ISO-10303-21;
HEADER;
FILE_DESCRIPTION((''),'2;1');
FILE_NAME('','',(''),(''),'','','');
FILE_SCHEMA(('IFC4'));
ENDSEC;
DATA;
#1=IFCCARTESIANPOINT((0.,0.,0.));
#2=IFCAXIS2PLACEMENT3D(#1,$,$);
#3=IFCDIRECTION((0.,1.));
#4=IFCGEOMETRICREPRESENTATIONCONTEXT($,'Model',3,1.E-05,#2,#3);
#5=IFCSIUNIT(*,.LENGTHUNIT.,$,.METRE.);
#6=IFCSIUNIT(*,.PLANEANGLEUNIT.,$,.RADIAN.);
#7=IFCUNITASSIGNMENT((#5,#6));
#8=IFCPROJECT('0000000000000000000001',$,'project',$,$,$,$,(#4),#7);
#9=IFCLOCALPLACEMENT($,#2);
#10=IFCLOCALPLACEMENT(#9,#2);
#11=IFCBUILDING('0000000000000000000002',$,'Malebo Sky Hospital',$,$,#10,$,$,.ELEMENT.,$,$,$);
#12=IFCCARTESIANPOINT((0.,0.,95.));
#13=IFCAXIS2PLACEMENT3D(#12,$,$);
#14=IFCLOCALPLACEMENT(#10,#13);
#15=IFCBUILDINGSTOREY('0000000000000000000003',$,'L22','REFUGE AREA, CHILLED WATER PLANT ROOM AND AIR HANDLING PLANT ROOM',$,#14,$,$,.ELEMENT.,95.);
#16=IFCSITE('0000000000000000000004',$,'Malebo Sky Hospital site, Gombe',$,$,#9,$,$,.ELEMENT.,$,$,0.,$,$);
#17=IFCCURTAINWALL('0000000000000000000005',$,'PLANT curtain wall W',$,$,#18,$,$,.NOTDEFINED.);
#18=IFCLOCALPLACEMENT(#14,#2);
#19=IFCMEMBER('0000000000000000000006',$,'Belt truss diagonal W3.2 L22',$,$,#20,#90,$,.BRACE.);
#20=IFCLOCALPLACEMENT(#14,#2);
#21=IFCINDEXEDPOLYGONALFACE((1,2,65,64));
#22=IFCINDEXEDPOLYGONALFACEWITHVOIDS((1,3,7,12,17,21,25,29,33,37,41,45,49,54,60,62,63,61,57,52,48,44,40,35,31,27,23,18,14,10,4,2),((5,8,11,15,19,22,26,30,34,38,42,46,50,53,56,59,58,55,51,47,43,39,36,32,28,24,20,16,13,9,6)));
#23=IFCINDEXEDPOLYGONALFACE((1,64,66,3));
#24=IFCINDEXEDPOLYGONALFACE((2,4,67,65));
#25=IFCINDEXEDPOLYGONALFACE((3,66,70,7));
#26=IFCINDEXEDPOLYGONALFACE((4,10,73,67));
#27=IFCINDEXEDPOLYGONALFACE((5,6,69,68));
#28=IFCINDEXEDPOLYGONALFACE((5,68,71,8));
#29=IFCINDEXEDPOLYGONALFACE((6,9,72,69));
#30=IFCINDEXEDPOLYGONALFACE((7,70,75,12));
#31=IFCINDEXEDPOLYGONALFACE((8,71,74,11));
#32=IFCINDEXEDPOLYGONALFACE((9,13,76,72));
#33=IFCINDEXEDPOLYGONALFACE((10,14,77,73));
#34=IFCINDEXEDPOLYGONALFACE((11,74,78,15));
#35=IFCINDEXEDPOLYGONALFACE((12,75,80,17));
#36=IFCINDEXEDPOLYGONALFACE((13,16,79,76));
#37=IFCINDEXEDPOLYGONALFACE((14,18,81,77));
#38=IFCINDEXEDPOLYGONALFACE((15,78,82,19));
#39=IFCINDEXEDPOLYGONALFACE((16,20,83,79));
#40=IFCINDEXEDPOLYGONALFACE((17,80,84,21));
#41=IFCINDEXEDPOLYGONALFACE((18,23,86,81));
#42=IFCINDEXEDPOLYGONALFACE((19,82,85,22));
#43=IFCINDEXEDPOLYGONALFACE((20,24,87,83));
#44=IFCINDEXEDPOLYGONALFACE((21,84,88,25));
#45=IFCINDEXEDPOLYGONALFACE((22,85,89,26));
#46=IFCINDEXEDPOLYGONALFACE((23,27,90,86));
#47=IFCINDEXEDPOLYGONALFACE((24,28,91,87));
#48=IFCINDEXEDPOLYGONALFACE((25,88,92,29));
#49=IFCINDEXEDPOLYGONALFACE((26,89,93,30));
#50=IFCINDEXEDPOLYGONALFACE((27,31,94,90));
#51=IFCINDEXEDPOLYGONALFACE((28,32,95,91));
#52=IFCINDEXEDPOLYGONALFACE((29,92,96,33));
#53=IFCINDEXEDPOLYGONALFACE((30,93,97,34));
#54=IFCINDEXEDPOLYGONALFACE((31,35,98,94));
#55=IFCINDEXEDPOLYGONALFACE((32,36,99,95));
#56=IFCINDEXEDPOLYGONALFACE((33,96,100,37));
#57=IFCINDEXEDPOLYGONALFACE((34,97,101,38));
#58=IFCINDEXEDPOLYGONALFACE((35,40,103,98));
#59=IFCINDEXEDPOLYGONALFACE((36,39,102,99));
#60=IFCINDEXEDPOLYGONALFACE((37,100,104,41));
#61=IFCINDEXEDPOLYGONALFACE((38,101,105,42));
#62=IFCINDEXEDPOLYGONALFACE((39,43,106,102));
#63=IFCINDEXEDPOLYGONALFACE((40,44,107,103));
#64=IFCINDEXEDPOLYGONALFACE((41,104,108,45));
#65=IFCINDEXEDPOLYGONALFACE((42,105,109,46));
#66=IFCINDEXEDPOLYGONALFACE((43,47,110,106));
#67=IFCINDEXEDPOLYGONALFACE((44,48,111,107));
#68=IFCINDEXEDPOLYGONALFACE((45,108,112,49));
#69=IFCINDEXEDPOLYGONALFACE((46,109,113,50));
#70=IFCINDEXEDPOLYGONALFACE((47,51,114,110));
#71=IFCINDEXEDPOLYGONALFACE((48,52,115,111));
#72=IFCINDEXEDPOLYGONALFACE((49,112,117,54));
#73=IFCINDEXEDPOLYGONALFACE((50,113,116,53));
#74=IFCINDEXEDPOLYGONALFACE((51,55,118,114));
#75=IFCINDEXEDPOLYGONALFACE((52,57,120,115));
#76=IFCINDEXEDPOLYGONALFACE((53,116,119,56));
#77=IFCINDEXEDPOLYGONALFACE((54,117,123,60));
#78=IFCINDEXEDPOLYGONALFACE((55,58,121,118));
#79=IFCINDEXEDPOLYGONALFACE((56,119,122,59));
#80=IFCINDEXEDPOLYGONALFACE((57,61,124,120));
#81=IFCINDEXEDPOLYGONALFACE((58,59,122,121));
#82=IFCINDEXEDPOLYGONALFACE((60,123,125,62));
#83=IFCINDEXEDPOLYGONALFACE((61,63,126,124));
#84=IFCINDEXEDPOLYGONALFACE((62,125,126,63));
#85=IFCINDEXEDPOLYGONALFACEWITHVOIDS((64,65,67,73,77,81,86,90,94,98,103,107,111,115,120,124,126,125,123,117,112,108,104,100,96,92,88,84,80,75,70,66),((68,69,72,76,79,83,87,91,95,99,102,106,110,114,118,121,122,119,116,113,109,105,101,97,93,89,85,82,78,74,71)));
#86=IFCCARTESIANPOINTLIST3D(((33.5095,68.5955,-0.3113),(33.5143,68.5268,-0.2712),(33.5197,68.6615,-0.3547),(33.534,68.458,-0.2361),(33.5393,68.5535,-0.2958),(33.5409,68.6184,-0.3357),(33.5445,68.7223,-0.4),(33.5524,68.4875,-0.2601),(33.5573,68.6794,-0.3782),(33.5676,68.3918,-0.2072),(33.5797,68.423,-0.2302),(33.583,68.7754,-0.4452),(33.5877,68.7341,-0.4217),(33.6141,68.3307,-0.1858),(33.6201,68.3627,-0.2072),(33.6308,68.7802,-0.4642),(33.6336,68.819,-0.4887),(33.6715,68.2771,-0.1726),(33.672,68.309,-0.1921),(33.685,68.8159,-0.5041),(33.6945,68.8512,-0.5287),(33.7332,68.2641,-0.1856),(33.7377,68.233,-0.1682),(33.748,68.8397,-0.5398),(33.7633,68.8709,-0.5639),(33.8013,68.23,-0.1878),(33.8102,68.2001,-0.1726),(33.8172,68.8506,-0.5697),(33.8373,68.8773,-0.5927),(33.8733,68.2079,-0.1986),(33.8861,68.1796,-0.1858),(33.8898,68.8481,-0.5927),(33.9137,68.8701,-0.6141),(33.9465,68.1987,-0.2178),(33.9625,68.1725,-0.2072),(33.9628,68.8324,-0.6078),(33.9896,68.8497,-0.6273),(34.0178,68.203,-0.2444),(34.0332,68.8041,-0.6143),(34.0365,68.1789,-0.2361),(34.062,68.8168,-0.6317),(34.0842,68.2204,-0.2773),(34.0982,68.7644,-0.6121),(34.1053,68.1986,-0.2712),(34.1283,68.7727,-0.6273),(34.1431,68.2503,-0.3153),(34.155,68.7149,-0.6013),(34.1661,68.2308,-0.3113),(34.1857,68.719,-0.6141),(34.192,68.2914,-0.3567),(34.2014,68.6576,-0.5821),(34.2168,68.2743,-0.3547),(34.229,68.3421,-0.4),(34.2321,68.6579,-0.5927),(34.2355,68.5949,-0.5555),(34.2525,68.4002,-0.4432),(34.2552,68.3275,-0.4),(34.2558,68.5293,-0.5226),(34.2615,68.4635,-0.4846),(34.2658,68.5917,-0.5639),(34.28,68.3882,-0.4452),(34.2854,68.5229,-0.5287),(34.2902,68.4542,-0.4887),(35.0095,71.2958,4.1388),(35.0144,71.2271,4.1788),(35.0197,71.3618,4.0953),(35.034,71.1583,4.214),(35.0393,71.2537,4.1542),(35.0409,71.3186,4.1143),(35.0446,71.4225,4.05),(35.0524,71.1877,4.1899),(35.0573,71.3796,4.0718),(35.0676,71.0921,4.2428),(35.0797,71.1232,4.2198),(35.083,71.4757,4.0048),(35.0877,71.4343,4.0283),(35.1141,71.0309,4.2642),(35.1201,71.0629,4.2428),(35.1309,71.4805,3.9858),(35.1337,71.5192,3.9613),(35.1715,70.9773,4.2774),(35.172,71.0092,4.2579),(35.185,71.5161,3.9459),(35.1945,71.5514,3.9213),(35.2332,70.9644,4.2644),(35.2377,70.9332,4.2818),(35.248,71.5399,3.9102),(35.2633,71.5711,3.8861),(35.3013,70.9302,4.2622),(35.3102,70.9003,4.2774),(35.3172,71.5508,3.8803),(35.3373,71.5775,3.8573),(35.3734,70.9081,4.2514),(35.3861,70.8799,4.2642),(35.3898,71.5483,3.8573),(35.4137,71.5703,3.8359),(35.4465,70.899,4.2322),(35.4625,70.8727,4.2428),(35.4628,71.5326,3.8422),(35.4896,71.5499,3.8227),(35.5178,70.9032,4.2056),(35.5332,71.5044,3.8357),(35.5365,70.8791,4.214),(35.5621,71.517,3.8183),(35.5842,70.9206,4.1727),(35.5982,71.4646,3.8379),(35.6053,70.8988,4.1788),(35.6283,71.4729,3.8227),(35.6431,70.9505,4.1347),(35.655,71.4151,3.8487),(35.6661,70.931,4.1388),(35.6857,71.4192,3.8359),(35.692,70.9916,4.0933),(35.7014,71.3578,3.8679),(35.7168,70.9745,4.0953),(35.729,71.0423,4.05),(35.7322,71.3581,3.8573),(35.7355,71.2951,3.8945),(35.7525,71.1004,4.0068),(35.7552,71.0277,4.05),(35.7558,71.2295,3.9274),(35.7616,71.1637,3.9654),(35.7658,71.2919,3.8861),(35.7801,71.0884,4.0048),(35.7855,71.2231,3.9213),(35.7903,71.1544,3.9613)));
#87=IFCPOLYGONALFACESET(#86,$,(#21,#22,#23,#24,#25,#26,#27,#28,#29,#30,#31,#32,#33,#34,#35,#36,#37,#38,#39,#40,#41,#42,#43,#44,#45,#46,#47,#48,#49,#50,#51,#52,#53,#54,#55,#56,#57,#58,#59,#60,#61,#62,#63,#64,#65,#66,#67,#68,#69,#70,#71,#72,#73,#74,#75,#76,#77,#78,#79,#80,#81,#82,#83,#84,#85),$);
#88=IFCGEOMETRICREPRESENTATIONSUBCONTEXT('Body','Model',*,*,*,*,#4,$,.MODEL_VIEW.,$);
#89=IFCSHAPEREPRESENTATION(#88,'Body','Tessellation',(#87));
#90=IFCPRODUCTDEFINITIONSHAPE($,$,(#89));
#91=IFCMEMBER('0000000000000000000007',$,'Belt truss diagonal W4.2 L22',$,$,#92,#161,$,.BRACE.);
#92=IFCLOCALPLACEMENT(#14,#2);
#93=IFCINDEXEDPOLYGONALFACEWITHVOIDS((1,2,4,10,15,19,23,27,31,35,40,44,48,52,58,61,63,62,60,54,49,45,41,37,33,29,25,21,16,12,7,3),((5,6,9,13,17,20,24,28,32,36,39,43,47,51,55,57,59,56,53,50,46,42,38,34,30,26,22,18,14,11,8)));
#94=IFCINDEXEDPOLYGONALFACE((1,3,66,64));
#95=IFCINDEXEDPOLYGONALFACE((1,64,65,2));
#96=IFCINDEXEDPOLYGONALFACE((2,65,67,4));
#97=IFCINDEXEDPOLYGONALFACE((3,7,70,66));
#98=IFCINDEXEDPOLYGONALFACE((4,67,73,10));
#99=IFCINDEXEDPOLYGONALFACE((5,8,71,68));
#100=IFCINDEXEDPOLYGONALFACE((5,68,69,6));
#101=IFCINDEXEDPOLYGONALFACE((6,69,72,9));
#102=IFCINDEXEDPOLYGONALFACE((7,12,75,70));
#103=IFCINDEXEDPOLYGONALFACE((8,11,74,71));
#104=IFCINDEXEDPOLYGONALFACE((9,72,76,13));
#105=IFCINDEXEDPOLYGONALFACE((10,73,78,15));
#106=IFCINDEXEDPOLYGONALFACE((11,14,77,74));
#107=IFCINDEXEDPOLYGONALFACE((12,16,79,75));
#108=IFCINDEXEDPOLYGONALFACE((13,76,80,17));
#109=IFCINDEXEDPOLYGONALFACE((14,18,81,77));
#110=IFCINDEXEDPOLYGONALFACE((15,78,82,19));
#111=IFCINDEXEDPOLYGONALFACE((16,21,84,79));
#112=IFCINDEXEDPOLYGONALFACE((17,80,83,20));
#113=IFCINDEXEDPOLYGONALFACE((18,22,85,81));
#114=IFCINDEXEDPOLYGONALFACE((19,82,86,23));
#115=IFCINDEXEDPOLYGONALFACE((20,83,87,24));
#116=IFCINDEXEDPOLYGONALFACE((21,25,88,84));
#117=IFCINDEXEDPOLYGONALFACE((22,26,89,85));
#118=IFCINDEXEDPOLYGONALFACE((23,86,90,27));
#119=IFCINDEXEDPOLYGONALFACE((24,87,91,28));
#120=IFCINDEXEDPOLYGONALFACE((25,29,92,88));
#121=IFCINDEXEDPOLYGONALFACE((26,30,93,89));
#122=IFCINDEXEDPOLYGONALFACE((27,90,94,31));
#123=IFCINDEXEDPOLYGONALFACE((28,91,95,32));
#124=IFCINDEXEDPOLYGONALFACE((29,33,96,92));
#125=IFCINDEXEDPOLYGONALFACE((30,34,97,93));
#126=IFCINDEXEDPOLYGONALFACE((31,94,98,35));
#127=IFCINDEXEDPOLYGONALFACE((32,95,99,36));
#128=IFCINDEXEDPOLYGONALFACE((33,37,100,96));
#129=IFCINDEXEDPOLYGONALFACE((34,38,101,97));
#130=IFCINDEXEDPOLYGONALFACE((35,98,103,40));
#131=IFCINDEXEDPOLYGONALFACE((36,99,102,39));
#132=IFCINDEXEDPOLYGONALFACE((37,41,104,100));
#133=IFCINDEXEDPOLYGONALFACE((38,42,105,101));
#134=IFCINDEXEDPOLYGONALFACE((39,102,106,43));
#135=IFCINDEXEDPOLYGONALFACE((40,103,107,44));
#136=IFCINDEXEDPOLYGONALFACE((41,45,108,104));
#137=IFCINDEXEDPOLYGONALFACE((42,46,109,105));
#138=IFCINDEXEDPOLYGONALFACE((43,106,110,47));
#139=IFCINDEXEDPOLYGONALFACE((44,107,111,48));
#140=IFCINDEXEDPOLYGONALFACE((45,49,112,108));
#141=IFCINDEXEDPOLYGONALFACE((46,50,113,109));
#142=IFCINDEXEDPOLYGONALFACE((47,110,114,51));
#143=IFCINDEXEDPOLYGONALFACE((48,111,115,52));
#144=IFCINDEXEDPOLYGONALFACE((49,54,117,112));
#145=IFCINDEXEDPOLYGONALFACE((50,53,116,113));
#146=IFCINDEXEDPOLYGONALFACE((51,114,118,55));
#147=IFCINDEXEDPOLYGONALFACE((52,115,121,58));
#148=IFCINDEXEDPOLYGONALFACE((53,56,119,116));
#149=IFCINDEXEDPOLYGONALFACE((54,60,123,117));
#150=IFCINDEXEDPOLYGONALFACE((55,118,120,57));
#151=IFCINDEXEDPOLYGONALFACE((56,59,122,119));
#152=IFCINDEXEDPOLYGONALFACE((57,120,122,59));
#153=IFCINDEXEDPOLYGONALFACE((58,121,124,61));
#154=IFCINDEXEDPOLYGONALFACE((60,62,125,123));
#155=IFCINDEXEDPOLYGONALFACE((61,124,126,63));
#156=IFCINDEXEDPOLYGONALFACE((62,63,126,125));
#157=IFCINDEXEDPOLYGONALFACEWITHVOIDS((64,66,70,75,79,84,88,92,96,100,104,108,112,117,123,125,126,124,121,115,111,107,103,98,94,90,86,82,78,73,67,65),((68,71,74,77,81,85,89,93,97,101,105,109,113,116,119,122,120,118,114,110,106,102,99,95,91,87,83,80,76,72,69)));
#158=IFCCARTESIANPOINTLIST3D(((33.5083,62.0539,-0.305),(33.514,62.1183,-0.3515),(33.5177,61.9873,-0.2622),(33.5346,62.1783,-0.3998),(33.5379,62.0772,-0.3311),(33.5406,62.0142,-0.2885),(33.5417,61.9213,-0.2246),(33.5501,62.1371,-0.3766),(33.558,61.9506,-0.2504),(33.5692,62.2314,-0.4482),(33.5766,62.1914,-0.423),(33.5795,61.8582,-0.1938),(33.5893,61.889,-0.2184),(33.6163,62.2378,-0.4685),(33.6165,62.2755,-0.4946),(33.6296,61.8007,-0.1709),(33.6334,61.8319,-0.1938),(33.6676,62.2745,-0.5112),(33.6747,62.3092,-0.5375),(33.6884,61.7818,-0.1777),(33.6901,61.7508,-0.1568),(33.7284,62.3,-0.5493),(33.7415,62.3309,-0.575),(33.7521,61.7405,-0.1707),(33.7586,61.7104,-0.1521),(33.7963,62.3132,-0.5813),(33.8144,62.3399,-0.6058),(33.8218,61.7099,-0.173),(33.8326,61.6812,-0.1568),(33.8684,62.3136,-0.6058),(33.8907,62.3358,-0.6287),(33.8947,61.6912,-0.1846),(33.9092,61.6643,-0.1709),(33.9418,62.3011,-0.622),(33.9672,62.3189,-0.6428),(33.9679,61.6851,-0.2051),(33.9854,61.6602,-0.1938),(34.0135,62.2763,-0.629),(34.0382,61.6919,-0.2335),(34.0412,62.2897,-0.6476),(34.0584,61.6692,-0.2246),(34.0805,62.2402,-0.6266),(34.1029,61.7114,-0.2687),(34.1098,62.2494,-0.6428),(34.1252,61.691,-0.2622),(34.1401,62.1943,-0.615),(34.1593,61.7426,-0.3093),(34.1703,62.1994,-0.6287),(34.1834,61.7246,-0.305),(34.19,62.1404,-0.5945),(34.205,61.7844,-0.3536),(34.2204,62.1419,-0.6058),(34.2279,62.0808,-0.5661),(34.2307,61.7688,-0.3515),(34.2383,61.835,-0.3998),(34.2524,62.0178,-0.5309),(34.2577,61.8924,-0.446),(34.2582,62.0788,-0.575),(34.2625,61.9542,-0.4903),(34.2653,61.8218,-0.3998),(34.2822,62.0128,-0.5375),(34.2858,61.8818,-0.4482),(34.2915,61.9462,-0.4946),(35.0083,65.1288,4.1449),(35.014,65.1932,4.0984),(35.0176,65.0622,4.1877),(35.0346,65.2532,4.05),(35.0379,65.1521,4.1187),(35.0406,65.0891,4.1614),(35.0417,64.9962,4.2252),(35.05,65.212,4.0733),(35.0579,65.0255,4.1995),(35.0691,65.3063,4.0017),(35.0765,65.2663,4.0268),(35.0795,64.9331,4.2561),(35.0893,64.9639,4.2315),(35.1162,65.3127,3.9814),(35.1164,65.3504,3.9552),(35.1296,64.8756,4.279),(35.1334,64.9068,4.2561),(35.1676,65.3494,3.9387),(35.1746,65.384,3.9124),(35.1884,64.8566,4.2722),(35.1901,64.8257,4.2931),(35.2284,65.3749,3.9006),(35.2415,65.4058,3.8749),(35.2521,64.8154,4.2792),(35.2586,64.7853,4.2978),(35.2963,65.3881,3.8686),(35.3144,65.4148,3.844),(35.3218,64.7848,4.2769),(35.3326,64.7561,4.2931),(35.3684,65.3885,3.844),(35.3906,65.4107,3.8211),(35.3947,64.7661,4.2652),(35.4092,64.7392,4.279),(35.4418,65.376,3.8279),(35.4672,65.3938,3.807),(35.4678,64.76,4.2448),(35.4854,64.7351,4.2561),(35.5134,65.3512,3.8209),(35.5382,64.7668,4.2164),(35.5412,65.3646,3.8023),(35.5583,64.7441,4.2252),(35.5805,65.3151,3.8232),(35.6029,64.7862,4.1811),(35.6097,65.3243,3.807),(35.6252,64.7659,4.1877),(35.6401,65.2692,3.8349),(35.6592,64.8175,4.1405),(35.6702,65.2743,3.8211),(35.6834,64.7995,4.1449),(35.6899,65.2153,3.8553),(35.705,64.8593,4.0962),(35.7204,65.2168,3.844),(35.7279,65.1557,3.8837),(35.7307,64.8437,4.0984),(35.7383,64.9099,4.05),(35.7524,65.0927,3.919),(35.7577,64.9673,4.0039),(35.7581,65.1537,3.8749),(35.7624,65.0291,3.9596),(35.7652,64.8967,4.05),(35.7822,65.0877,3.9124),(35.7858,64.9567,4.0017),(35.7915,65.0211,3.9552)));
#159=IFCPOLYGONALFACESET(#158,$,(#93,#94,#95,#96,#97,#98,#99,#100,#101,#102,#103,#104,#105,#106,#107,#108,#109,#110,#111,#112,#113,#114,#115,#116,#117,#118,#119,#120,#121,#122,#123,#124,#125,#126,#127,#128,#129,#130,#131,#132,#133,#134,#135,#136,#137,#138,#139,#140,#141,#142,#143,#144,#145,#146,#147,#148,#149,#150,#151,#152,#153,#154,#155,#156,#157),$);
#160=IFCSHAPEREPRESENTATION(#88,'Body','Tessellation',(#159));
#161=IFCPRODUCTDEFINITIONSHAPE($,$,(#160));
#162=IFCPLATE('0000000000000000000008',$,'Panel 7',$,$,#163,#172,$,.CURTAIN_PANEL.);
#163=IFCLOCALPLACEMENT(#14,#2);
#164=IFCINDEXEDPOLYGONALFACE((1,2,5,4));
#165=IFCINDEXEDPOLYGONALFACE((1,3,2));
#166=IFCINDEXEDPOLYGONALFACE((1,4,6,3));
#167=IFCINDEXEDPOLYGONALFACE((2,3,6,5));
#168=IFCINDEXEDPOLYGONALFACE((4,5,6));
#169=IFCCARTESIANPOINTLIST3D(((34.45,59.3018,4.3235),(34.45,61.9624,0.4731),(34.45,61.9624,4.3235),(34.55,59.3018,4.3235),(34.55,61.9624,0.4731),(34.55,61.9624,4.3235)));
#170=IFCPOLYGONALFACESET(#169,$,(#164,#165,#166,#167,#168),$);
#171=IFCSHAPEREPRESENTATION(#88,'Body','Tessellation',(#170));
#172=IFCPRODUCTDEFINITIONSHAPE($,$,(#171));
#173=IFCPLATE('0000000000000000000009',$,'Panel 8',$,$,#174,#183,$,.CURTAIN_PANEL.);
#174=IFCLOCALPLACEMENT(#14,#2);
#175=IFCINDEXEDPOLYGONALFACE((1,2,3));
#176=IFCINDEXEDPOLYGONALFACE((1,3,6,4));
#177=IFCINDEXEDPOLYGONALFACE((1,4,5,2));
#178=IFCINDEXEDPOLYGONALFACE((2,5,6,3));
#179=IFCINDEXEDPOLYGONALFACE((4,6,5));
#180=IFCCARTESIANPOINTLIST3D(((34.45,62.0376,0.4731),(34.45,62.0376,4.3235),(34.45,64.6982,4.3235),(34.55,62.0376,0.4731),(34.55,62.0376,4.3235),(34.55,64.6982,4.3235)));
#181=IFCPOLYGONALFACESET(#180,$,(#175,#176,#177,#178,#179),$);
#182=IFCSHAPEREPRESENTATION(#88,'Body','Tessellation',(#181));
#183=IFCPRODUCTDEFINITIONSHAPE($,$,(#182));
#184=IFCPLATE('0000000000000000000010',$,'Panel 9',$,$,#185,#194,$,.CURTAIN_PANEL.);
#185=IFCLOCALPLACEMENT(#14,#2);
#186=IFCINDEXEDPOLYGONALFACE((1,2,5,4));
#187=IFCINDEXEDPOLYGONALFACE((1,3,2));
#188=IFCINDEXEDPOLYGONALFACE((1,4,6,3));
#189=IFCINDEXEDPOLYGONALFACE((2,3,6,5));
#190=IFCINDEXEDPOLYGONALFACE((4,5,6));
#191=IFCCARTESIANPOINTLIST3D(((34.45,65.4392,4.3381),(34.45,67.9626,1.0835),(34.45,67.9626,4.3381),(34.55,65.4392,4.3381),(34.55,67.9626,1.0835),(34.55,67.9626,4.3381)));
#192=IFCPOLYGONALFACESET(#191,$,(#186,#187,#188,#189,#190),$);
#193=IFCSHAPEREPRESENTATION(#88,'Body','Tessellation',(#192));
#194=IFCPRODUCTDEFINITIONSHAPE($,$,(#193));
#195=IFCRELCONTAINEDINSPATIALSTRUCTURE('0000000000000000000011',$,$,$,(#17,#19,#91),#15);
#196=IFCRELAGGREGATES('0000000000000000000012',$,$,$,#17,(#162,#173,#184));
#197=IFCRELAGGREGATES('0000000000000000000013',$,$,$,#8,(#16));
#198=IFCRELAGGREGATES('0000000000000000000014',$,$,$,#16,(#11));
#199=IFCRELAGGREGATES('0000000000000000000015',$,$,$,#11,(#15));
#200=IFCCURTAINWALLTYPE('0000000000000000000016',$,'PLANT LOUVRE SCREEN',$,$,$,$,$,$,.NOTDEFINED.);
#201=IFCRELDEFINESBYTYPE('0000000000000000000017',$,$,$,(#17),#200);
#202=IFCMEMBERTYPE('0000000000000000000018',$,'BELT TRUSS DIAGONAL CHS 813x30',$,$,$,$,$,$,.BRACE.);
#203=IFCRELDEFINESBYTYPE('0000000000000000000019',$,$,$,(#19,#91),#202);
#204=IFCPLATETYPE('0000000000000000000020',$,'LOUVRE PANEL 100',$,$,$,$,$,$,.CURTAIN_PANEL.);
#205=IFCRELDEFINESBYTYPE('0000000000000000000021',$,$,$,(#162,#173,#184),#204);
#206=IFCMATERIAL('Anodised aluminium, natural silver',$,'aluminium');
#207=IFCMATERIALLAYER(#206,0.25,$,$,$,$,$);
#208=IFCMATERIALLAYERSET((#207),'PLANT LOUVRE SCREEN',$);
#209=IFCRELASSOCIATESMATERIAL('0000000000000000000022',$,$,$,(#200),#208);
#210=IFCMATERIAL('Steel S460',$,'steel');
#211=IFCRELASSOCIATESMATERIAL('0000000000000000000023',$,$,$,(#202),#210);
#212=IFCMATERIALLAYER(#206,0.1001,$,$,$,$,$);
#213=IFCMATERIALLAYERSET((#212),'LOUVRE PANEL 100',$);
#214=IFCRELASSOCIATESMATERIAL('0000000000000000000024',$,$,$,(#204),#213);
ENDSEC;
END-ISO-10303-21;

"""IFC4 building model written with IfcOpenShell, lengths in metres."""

from ifc_helpers import new_model, si_unit, direction, frame, origin, origin_2d, place, context, subcontext, project, spatial, polyline, hollow_circle, outline, extrude, material, layer, layer_set, material_profile, profile_set, type_object, element, aggregate, save


model = new_model("IFC4")

# Units and contexts
model_context = context("Model", 3, precision=1e-05, world=origin(), true_north=direction((0.0, 1.0)))
body_context = subcontext(model_context, "Body", "Model", "MODEL_VIEW")
ifc_project = project(units=[si_unit("LENGTHUNIT", "METRE"), si_unit("PLANEANGLEUNIT", "RADIAN")], contexts=[model_context])

# Site, building, storey
site_placement = place(None, origin())
site = spatial("IfcSite", under=ifc_project, at=site_placement, Name="Malebo Sky Hospital site, Gombe", CompositionType="ELEMENT", RefElevation=0.0)
building_placement = place(site_placement, origin())
building = spatial("IfcBuilding", under=site, at=building_placement, Name="Malebo Sky Hospital", CompositionType="ELEMENT")
storey_placement = place(building_placement, frame((0.0, 0.0, 95.0)))
storey = spatial("IfcBuildingStorey", under=building, at=storey_placement, Name="L22", Description="REFUGE AREA, CHILLED WATER PLANT ROOM AND AIR HANDLING PLANT ROOM", CompositionType="ELEMENT", Elevation=95.0)

# Curtain wall
ifc_material_1 = material(Name="Anodised aluminium, natural silver", Category="aluminium")
ifc_layer_1 = layer(ifc_material_1, 0.25)
ifc_layer_set_1 = layer_set([ifc_layer_1], Name="PLANT LOUVRE SCREEN")
curtain_wall_type = type_object("IfcCurtainWallType", Name="PLANT LOUVRE SCREEN", PredefinedType="NOTDEFINED", material=ifc_layer_set_1)
curtain_wall_placement = place(storey_placement, origin())
curtain_wall = element("IfcCurtainWall", 1, at=curtain_wall_placement, inside=storey, type_object=curtain_wall_type, Name="PLANT curtain wall W", PredefinedType="NOTDEFINED")

# Members
ifc_material_2 = material(Name="Steel S460", Category="steel")
ifc_material_profile_1 = material_profile(ifc_material_2, hollow_circle(Radius=0.4065, WallThickness=0.03, at=origin_2d()), Name="CHS 813x30")
ifc_profile_set_1 = profile_set([ifc_material_profile_1], Name="Steel S460")
member_type_1 = type_object("IfcMemberType", Name="BELT TRUSS DIAGONAL CHS 813x30", PredefinedType="BRACE", material=ifc_profile_set_1)
member_1_placement = place(storey_placement, frame((35.3999, 71.2251, 4.05), z_axis=(-0.27691, -0.498473, -0.82149), x_axis=(0.874172, -0.485616, 0.0)))
element("IfcMember", 2, at=member_1_placement, inside=storey, type_object=member_type_1, Name="Belt truss diagonal W3.2 L22", PredefinedType="BRACE", context=body_context, shape_type="SweptSolid", body=[
    extrude(hollow_circle(Radius=0.4065, WallThickness=0.03, at=origin_2d()), origin(), (0.0, 0.0, 1.0), 5.417),
])
member_2_placement = place(storey_placement, frame((35.3999, 65.075, 4.05), z_axis=(-0.26723, -0.547813, -0.792773), x_axis=(0.898766, -0.438429, 0.0)))
element("IfcMember", 3, at=member_2_placement, inside=storey, type_object=member_type_1, Name="Belt truss diagonal W4.2 L22", PredefinedType="BRACE", context=body_context, shape_type="SweptSolid", body=[
    extrude(hollow_circle(Radius=0.4065, WallThickness=0.03, at=origin_2d()), origin(), (0.0, 0.0, 1.0), 5.613),
])

# Plates
ifc_layer_2 = layer(ifc_material_1, 0.1001)
ifc_layer_set_2 = layer_set([ifc_layer_2], Name="LOUVRE PANEL 100")
plate_type = type_object("IfcPlateType", Name="LOUVRE PANEL 100", PredefinedType="CURTAIN_PANEL", material=ifc_layer_set_2)
plate_1_placement = place(storey_placement, frame((34.5, 60.6321, 0.4731), z_axis=(0.0, 0.0, 1.0), x_axis=(0.0, 1.0, 0.0)))
plate_1 = element("IfcPlate", 4, at=plate_1_placement, type_object=plate_type, Name="Panel 7", PredefinedType="CURTAIN_PANEL", context=body_context, shape_type="SweptSolid", body=[
    extrude(outline(polyline([(1.3303, 0.0), (1.3303, 3.8503), (-1.3303, 3.8503), (1.3303, 0.0)])), frame((0.0, 0.05, 0.0), z_axis=(0.0, -1.0, 0.0), x_axis=(1.0, 0.0, 0.0)), (0.0, 0.0, 1.0), 0.1001),
])
plate_2_placement = place(storey_placement, frame((34.5, 63.3679, 0.4731), z_axis=(0.0, 0.0, 1.0), x_axis=(0.0, 1.0, 0.0)))
plate_2 = element("IfcPlate", 5, at=plate_2_placement, type_object=plate_type, Name="Panel 8", PredefinedType="CURTAIN_PANEL", context=body_context, shape_type="SweptSolid", body=[
    extrude(outline(polyline([(-1.3303, 0.0), (1.3303, 3.8503), (-1.3303, 3.8503), (-1.3303, 0.0)])), frame((0.0, 0.05, 0.0), z_axis=(0.0, -1.0, 0.0), x_axis=(1.0, 0.0, 0.0)), (0.0, 0.0, 1.0), 0.1001),
])
plate_3_placement = place(storey_placement, frame((34.5, 66.7009, 1.0835), z_axis=(0.0, 0.0, 1.0), x_axis=(0.0, 1.0, 0.0)))
plate_3 = element("IfcPlate", 6, at=plate_3_placement, type_object=plate_type, Name="Panel 9", PredefinedType="CURTAIN_PANEL", context=body_context, shape_type="SweptSolid", body=[
    extrude(outline(polyline([(1.2617, 0.0), (1.2617, 3.2546), (-1.2617, 3.2546), (1.2617, 0.0)])), frame((0.0, 0.05, 0.0), z_axis=(0.0, -1.0, 0.0), x_axis=(1.0, 0.0, 0.0)), (0.0, 0.0, 1.0), 0.1001),
])
aggregate(curtain_wall, [plate_1, plate_2, plate_3])

save(model, "model.ifc")
